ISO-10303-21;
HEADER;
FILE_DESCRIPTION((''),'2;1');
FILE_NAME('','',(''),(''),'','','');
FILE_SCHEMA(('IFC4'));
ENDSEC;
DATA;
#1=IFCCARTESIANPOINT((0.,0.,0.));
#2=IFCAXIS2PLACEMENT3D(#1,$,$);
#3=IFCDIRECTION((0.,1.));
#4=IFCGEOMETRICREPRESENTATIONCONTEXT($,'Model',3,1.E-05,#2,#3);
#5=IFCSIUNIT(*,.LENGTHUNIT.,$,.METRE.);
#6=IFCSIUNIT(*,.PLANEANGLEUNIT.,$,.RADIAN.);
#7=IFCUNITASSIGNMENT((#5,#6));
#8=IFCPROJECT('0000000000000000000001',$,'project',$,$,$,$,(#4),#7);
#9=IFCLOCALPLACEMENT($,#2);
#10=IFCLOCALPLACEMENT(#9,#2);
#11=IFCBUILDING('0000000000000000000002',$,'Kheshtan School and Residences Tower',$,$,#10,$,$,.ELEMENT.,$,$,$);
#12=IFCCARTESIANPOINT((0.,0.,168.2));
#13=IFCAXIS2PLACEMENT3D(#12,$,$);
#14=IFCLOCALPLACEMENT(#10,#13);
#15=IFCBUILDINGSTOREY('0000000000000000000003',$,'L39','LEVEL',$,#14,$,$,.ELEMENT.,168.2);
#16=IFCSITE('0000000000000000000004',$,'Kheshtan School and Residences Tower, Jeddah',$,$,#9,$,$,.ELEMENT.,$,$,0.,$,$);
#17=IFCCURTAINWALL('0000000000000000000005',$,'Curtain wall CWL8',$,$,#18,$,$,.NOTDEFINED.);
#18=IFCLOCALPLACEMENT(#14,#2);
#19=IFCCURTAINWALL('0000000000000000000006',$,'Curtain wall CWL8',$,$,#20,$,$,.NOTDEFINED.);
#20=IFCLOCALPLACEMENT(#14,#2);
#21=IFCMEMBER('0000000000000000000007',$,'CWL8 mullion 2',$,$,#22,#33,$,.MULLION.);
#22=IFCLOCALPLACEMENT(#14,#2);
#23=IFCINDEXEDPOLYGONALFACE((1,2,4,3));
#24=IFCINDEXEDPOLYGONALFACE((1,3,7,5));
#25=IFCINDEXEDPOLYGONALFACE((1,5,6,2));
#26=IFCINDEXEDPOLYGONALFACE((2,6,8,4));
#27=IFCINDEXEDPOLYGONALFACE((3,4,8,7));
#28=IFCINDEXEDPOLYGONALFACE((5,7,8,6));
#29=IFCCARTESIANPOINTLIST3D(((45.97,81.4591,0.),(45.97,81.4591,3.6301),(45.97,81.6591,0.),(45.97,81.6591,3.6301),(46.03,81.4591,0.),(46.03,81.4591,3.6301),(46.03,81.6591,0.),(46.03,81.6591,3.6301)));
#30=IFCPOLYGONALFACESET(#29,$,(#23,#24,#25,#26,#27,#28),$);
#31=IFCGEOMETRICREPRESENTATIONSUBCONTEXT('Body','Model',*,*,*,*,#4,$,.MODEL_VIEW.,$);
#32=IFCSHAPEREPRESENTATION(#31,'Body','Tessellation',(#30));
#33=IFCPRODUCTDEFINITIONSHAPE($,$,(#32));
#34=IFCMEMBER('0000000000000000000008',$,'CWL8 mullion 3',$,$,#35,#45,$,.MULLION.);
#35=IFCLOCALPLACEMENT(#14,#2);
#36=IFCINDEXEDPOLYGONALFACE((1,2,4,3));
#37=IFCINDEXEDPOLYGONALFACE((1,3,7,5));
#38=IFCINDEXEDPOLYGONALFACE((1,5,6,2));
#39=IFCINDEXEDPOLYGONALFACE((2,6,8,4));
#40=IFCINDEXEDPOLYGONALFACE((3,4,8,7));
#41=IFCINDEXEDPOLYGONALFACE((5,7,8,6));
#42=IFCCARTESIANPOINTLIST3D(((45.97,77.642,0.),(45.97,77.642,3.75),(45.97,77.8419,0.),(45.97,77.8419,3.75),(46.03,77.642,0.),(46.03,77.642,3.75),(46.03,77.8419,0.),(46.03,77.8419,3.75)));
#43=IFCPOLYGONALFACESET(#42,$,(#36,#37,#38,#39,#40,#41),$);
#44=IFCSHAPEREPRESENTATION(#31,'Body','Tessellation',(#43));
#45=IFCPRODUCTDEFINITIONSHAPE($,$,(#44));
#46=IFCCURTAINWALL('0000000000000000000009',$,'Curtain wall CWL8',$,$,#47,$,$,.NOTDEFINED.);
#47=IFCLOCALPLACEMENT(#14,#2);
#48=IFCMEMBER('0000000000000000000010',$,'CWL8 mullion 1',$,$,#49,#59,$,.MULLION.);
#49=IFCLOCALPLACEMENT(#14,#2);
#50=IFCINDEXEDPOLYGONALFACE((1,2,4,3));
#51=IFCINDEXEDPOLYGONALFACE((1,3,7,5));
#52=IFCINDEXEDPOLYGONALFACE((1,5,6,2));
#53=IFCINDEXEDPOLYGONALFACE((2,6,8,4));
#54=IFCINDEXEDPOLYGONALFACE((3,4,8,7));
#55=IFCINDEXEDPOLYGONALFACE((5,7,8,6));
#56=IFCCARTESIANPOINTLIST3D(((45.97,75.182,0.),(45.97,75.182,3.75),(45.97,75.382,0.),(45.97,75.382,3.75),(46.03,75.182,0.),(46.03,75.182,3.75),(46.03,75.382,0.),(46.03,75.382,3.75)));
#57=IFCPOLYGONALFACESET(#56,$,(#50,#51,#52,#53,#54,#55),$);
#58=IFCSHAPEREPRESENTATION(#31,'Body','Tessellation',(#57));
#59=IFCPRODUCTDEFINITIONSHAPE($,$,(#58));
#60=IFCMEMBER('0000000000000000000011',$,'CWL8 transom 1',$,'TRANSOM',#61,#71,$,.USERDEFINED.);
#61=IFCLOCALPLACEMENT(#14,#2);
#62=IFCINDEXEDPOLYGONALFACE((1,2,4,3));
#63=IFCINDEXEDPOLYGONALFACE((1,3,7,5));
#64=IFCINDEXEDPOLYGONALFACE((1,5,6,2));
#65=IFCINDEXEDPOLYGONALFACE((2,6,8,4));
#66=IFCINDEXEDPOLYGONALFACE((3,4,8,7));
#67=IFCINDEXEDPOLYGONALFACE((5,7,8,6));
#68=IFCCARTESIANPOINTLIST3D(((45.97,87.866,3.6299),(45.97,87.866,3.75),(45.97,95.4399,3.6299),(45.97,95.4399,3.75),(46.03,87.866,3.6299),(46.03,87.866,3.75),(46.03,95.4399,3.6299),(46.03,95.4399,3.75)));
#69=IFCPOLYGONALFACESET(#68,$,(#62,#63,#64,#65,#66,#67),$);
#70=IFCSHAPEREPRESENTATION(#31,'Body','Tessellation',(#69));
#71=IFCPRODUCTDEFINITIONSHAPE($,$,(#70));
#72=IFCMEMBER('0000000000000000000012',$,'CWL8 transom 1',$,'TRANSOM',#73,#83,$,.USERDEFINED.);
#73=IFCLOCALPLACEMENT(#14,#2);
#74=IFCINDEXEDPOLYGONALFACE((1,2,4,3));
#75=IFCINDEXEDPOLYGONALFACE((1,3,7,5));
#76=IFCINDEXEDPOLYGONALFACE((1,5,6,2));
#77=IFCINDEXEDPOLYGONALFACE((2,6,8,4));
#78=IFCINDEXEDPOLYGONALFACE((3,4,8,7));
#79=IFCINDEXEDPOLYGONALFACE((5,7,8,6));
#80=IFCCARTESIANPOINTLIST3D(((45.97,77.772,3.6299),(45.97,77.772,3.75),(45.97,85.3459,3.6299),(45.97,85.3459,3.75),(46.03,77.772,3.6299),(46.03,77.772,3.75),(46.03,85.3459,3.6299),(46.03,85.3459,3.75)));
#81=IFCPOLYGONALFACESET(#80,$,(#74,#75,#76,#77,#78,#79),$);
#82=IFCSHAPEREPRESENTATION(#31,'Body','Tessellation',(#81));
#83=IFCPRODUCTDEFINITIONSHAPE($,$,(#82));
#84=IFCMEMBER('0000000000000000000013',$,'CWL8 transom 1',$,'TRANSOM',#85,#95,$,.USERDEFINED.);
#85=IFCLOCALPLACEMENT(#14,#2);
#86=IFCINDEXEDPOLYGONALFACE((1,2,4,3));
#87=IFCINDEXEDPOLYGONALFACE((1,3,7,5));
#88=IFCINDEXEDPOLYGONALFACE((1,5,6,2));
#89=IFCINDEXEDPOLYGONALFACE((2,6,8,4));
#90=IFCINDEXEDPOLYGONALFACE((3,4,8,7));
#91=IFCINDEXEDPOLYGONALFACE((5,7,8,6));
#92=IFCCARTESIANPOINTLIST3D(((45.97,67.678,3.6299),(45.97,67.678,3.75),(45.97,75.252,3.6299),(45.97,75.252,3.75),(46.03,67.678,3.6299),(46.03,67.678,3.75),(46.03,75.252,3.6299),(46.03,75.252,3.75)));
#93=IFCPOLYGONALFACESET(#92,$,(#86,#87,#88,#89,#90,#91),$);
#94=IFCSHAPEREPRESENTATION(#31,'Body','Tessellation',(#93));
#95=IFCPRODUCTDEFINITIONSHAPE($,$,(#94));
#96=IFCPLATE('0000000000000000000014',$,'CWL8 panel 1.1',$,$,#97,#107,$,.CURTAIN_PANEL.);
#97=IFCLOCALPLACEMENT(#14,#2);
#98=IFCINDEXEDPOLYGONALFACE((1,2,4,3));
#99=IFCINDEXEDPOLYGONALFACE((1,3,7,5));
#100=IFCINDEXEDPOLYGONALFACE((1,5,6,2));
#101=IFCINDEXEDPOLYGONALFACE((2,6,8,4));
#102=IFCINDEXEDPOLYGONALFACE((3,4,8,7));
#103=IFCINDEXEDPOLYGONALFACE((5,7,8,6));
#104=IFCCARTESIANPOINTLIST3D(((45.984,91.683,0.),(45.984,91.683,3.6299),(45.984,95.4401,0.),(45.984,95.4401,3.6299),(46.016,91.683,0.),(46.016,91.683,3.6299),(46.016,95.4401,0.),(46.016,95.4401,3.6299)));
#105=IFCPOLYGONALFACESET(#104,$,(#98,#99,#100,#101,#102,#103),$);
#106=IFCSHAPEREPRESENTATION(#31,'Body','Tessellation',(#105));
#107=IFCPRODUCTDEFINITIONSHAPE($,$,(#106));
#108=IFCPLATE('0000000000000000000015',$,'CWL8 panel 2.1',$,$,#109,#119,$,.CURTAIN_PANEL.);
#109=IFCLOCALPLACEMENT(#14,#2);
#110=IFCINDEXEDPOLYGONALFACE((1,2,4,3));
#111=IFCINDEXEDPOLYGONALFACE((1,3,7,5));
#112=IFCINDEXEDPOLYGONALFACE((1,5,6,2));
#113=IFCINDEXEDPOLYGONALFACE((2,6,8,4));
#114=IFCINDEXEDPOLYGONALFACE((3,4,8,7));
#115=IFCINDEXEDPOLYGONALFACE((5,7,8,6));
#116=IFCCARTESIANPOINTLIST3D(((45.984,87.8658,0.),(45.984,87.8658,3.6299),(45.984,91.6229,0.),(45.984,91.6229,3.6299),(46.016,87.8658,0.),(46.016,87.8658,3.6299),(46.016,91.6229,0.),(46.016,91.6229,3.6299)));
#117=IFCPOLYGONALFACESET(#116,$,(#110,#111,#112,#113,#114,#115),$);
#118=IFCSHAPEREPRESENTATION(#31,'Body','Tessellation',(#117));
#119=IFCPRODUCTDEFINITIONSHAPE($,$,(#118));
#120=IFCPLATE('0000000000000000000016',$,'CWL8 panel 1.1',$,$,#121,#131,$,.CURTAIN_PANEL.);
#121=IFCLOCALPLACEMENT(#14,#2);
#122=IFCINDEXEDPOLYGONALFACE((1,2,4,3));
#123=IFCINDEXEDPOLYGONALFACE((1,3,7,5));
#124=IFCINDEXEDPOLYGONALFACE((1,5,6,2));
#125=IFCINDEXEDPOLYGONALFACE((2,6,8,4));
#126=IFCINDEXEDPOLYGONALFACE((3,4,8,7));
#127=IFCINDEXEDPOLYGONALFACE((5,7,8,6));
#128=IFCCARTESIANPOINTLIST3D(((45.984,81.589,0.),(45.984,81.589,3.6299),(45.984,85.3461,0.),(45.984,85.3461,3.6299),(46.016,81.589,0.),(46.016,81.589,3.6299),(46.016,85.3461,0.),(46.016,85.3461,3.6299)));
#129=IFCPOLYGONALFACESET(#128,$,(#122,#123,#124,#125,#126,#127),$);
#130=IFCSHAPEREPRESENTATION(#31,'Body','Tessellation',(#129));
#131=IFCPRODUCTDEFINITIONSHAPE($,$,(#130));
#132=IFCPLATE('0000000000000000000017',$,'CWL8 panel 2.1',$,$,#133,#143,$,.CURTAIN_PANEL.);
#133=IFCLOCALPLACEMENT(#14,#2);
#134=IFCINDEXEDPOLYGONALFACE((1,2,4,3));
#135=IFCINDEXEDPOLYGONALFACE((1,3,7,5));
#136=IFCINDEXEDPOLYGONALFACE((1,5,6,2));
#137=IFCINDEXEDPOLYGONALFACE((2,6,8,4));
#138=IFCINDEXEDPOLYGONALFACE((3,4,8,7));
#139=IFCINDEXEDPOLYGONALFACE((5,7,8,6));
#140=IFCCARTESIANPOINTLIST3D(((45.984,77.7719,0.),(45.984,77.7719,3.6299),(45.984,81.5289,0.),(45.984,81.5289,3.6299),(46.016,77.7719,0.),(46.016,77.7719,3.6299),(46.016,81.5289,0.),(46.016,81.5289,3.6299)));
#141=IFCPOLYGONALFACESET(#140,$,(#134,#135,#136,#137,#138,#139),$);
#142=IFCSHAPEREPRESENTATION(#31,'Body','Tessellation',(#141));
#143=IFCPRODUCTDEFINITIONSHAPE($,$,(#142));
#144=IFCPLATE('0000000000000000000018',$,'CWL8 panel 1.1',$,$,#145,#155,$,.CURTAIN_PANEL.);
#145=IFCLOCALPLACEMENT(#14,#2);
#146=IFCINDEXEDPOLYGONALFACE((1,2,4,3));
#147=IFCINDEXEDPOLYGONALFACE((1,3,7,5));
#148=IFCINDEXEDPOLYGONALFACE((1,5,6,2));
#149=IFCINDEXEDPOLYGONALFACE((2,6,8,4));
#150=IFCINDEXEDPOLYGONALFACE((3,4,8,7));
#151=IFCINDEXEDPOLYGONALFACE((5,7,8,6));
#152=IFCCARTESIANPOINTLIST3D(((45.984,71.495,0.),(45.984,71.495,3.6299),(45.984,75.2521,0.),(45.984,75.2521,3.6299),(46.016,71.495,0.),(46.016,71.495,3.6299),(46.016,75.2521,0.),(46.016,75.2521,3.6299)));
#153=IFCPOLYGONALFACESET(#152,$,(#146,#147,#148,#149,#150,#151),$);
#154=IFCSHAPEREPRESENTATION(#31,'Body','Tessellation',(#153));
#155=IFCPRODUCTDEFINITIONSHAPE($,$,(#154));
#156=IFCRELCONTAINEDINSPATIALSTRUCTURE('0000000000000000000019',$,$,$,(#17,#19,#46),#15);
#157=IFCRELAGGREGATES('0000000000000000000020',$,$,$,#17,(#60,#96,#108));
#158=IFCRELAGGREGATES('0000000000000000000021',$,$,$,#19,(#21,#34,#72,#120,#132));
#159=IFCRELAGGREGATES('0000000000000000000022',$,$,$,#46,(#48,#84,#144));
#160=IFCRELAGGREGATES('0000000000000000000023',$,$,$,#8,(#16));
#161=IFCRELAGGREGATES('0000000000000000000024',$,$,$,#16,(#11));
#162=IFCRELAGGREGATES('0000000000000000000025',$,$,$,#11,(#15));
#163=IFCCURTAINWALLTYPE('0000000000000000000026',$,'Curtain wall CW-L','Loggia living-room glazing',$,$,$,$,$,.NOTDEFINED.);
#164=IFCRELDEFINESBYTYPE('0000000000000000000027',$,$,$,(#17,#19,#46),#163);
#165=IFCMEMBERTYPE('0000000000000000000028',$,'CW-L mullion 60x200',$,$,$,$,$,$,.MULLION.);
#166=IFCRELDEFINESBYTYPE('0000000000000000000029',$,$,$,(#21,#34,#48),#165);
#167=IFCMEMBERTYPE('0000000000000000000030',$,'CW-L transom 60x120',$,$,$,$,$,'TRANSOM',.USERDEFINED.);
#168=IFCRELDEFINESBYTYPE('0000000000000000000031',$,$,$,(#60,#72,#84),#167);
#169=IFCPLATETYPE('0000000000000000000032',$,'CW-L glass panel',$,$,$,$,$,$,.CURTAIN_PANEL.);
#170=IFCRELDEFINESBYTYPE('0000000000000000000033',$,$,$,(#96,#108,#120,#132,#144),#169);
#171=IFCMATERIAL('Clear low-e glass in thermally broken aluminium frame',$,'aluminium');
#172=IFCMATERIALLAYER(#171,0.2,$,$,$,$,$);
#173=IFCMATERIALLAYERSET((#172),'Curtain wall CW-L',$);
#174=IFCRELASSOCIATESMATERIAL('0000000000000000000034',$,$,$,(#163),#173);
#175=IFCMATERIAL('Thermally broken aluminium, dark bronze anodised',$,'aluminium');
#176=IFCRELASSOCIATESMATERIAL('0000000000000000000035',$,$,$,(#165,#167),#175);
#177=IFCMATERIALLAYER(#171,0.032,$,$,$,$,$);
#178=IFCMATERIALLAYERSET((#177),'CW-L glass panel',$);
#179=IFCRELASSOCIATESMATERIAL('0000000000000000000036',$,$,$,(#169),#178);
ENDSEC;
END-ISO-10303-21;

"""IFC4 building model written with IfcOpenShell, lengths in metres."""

from ifc_helpers import new_model, si_unit, direction, frame, origin, origin_2d, place, context, subcontext, project, spatial, rectangle, extrude, material, layer, layer_set, material_profile, profile_set, type_object, element, aggregate, save


model = new_model("IFC4")

# Units and contexts
model_context = context("Model", 3, precision=1e-05, world=origin(), true_north=direction((0.0, 1.0)))
body_context = subcontext(model_context, "Body", "Model", "MODEL_VIEW")
ifc_project = project(units=[si_unit("LENGTHUNIT", "METRE"), si_unit("PLANEANGLEUNIT", "RADIAN")], contexts=[model_context])

# Site, building, storey
site_placement = place(None, origin())
site = spatial("IfcSite", under=ifc_project, at=site_placement, Name="Kheshtan School and Residences Tower, Jeddah", CompositionType="ELEMENT", RefElevation=0.0)
building_placement = place(site_placement, origin())
building = spatial("IfcBuilding", under=site, at=building_placement, Name="Kheshtan School and Residences Tower", CompositionType="ELEMENT")
storey_placement = place(building_placement, frame((0.0, 0.0, 168.2)))
storey = spatial("IfcBuildingStorey", under=building, at=storey_placement, Name="L39", Description="LEVEL", CompositionType="ELEMENT", Elevation=168.2)

# Curtain walls, members
ifc_material_1 = material(Name="Clear low-e glass in thermally broken aluminium frame", Category="aluminium")
ifc_layer_1 = layer(ifc_material_1, 0.2)
ifc_layer_set_1 = layer_set([ifc_layer_1], Name="Curtain wall CW-L")
curtain_wall_type = type_object("IfcCurtainWallType", Name="Curtain wall CW-L", Description="Loggia living-room glazing", PredefinedType="NOTDEFINED", material=ifc_layer_set_1)
curtain_wall_1_placement = place(storey_placement, origin())
curtain_wall_1 = element("IfcCurtainWall", 1, at=curtain_wall_1_placement, inside=storey, type_object=curtain_wall_type, Name="Curtain wall CWL8", PredefinedType="NOTDEFINED")
ifc_material_2 = material(Name="Thermally broken aluminium, dark bronze anodised", Category="aluminium")
ifc_material_profile_1 = material_profile(ifc_material_2, rectangle(XDim=0.0601, YDim=0.2, at=origin_2d()), Name="CW-L mullion 60x200")
ifc_profile_set_1 = profile_set([ifc_material_profile_1], Name="Thermally broken aluminium, dark bronze anodised")
member_type_1 = type_object("IfcMemberType", Name="CW-L mullion 60x200", PredefinedType="MULLION", material=ifc_profile_set_1)
curtain_wall_2_placement = place(storey_placement, origin())
curtain_wall_2 = element("IfcCurtainWall", 2, at=curtain_wall_2_placement, inside=storey, type_object=curtain_wall_type, Name="Curtain wall CWL8", PredefinedType="NOTDEFINED")
member_1_placement = place(storey_placement, frame((46.0, 81.5591, 0.0), z_axis=(0.0, 0.0, 1.0), x_axis=(1.0, 0.0, 0.0)))
member_1 = element("IfcMember", 3, at=member_1_placement, type_object=member_type_1, Name="CWL8 mullion 2", PredefinedType="MULLION", context=body_context, shape_type="SweptSolid", body=[
    extrude(rectangle(XDim=0.0601, YDim=0.2, at=origin_2d()), origin(), (0.0, 0.0, 1.0), 3.6301),
])
member_2_placement = place(storey_placement, frame((46.0, 77.7419, 0.0), z_axis=(0.0, 0.0, 1.0), x_axis=(1.0, 0.0, 0.0)))
member_2 = element("IfcMember", 4, at=member_2_placement, type_object=member_type_1, Name="CWL8 mullion 3", PredefinedType="MULLION", context=body_context, shape_type="SweptSolid", body=[
    extrude(rectangle(XDim=0.0601, YDim=0.2, at=origin_2d()), origin(), (0.0, 0.0, 1.0), 3.75),
])

# Curtain wall, member
curtain_wall_3_placement = place(storey_placement, origin())
curtain_wall_3 = element("IfcCurtainWall", 5, at=curtain_wall_3_placement, inside=storey, type_object=curtain_wall_type, Name="Curtain wall CWL8", PredefinedType="NOTDEFINED")
member_3_placement = place(storey_placement, frame((46.0, 75.282, 0.0), z_axis=(0.0, 0.0, 1.0), x_axis=(1.0, 0.0, 0.0)))
member_3 = element("IfcMember", 6, at=member_3_placement, type_object=member_type_1, Name="CWL8 mullion 1", PredefinedType="MULLION", context=body_context, shape_type="SweptSolid", body=[
    extrude(rectangle(XDim=0.0601, YDim=0.2, at=origin_2d()), origin(), (0.0, 0.0, 1.0), 3.75),
])

# Members
ifc_material_profile_2 = material_profile(ifc_material_2, rectangle(XDim=0.0601, YDim=0.1201, at=origin_2d()), Name="CW-L transom 60x120")
ifc_profile_set_2 = profile_set([ifc_material_profile_2], Name="Thermally broken aluminium, dark bronze anodised")
member_type_2 = type_object("IfcMemberType", Name="CW-L transom 60x120", ElementType="TRANSOM", PredefinedType="USERDEFINED", material=ifc_profile_set_2)
member_4_placement = place(storey_placement, frame((46.0, 95.4399, 3.6899), z_axis=(0.0, -1.0, 0.0), x_axis=(1.0, 0.0, 0.0)))
member_4 = element("IfcMember", 7, at=member_4_placement, type_object=member_type_2, Name="CWL8 transom 1", ObjectType="TRANSOM", PredefinedType="USERDEFINED", context=body_context, shape_type="SweptSolid", body=[
    extrude(rectangle(XDim=0.0601, YDim=0.1201, at=origin_2d()), origin(), (0.0, 0.0, 1.0), 7.574),
])
member_5_placement = place(storey_placement, frame((46.0, 85.3459, 3.6899), z_axis=(0.0, -1.0, 0.0), x_axis=(1.0, 0.0, 0.0)))
member_5 = element("IfcMember", 8, at=member_5_placement, type_object=member_type_2, Name="CWL8 transom 1", ObjectType="TRANSOM", PredefinedType="USERDEFINED", context=body_context, shape_type="SweptSolid", body=[
    extrude(rectangle(XDim=0.0601, YDim=0.1201, at=origin_2d()), origin(), (0.0, 0.0, 1.0), 7.574),
])
member_6_placement = place(storey_placement, frame((46.0, 75.252, 3.6899), z_axis=(0.0, -1.0, 0.0), x_axis=(1.0, 0.0, 0.0)))
member_6 = element("IfcMember", 9, at=member_6_placement, type_object=member_type_2, Name="CWL8 transom 1", ObjectType="TRANSOM", PredefinedType="USERDEFINED", context=body_context, shape_type="SweptSolid", body=[
    extrude(rectangle(XDim=0.0601, YDim=0.1201, at=origin_2d()), origin(), (0.0, 0.0, 1.0), 7.574),
])

# Plates
ifc_layer_2 = layer(ifc_material_1, 0.032)
ifc_layer_set_2 = layer_set([ifc_layer_2], Name="CW-L glass panel")
plate_type = type_object("IfcPlateType", Name="CW-L glass panel", PredefinedType="CURTAIN_PANEL", material=ifc_layer_set_2)
plate_1_placement = place(storey_placement, frame((46.0, 93.5615, 0.0), z_axis=(0.0, 0.0, 1.0), x_axis=(0.0, -1.0, 0.0)))
plate_1 = element("IfcPlate", 10, at=plate_1_placement, type_object=plate_type, Name="CWL8 panel 1.1", PredefinedType="CURTAIN_PANEL", context=body_context, shape_type="SweptSolid", body=[
    extrude(rectangle(XDim=3.7571, YDim=0.032, at=origin_2d()), origin(), (0.0, 0.0, 1.0), 3.6299),
])
plate_2_placement = place(storey_placement, frame((46.0, 89.7444, 0.0), z_axis=(0.0, 0.0, 1.0), x_axis=(0.0, -1.0, 0.0)))
plate_2 = element("IfcPlate", 11, at=plate_2_placement, type_object=plate_type, Name="CWL8 panel 2.1", PredefinedType="CURTAIN_PANEL", context=body_context, shape_type="SweptSolid", body=[
    extrude(rectangle(XDim=3.7571, YDim=0.032, at=origin_2d()), origin(), (0.0, 0.0, 1.0), 3.6299),
])
aggregate(curtain_wall_1, [member_4, plate_1, plate_2])
plate_3_placement = place(storey_placement, frame((46.0, 83.4675, 0.0), z_axis=(0.0, 0.0, 1.0), x_axis=(0.0, -1.0, 0.0)))
plate_3 = element("IfcPlate", 12, at=plate_3_placement, type_object=plate_type, Name="CWL8 panel 1.1", PredefinedType="CURTAIN_PANEL", context=body_context, shape_type="SweptSolid", body=[
    extrude(rectangle(XDim=3.7571, YDim=0.032, at=origin_2d()), origin(), (0.0, 0.0, 1.0), 3.6299),
])
plate_4_placement = place(storey_placement, frame((46.0, 79.6504, 0.0), z_axis=(0.0, 0.0, 1.0), x_axis=(0.0, -1.0, 0.0)))
plate_4 = element("IfcPlate", 13, at=plate_4_placement, type_object=plate_type, Name="CWL8 panel 2.1", PredefinedType="CURTAIN_PANEL", context=body_context, shape_type="SweptSolid", body=[
    extrude(rectangle(XDim=3.7571, YDim=0.032, at=origin_2d()), origin(), (0.0, 0.0, 1.0), 3.6299),
])
aggregate(curtain_wall_2, [member_1, member_2, member_5, plate_3, plate_4])
plate_5_placement = place(storey_placement, frame((46.0, 73.3735, 0.0), z_axis=(0.0, 0.0, 1.0), x_axis=(0.0, -1.0, 0.0)))
plate_5 = element("IfcPlate", 14, at=plate_5_placement, type_object=plate_type, Name="CWL8 panel 1.1", PredefinedType="CURTAIN_PANEL", context=body_context, shape_type="SweptSolid", body=[
    extrude(rectangle(XDim=3.7571, YDim=0.032, at=origin_2d()), origin(), (0.0, 0.0, 1.0), 3.6299),
])
aggregate(curtain_wall_3, [member_3, member_6, plate_5])

save(model, "model.ifc")
